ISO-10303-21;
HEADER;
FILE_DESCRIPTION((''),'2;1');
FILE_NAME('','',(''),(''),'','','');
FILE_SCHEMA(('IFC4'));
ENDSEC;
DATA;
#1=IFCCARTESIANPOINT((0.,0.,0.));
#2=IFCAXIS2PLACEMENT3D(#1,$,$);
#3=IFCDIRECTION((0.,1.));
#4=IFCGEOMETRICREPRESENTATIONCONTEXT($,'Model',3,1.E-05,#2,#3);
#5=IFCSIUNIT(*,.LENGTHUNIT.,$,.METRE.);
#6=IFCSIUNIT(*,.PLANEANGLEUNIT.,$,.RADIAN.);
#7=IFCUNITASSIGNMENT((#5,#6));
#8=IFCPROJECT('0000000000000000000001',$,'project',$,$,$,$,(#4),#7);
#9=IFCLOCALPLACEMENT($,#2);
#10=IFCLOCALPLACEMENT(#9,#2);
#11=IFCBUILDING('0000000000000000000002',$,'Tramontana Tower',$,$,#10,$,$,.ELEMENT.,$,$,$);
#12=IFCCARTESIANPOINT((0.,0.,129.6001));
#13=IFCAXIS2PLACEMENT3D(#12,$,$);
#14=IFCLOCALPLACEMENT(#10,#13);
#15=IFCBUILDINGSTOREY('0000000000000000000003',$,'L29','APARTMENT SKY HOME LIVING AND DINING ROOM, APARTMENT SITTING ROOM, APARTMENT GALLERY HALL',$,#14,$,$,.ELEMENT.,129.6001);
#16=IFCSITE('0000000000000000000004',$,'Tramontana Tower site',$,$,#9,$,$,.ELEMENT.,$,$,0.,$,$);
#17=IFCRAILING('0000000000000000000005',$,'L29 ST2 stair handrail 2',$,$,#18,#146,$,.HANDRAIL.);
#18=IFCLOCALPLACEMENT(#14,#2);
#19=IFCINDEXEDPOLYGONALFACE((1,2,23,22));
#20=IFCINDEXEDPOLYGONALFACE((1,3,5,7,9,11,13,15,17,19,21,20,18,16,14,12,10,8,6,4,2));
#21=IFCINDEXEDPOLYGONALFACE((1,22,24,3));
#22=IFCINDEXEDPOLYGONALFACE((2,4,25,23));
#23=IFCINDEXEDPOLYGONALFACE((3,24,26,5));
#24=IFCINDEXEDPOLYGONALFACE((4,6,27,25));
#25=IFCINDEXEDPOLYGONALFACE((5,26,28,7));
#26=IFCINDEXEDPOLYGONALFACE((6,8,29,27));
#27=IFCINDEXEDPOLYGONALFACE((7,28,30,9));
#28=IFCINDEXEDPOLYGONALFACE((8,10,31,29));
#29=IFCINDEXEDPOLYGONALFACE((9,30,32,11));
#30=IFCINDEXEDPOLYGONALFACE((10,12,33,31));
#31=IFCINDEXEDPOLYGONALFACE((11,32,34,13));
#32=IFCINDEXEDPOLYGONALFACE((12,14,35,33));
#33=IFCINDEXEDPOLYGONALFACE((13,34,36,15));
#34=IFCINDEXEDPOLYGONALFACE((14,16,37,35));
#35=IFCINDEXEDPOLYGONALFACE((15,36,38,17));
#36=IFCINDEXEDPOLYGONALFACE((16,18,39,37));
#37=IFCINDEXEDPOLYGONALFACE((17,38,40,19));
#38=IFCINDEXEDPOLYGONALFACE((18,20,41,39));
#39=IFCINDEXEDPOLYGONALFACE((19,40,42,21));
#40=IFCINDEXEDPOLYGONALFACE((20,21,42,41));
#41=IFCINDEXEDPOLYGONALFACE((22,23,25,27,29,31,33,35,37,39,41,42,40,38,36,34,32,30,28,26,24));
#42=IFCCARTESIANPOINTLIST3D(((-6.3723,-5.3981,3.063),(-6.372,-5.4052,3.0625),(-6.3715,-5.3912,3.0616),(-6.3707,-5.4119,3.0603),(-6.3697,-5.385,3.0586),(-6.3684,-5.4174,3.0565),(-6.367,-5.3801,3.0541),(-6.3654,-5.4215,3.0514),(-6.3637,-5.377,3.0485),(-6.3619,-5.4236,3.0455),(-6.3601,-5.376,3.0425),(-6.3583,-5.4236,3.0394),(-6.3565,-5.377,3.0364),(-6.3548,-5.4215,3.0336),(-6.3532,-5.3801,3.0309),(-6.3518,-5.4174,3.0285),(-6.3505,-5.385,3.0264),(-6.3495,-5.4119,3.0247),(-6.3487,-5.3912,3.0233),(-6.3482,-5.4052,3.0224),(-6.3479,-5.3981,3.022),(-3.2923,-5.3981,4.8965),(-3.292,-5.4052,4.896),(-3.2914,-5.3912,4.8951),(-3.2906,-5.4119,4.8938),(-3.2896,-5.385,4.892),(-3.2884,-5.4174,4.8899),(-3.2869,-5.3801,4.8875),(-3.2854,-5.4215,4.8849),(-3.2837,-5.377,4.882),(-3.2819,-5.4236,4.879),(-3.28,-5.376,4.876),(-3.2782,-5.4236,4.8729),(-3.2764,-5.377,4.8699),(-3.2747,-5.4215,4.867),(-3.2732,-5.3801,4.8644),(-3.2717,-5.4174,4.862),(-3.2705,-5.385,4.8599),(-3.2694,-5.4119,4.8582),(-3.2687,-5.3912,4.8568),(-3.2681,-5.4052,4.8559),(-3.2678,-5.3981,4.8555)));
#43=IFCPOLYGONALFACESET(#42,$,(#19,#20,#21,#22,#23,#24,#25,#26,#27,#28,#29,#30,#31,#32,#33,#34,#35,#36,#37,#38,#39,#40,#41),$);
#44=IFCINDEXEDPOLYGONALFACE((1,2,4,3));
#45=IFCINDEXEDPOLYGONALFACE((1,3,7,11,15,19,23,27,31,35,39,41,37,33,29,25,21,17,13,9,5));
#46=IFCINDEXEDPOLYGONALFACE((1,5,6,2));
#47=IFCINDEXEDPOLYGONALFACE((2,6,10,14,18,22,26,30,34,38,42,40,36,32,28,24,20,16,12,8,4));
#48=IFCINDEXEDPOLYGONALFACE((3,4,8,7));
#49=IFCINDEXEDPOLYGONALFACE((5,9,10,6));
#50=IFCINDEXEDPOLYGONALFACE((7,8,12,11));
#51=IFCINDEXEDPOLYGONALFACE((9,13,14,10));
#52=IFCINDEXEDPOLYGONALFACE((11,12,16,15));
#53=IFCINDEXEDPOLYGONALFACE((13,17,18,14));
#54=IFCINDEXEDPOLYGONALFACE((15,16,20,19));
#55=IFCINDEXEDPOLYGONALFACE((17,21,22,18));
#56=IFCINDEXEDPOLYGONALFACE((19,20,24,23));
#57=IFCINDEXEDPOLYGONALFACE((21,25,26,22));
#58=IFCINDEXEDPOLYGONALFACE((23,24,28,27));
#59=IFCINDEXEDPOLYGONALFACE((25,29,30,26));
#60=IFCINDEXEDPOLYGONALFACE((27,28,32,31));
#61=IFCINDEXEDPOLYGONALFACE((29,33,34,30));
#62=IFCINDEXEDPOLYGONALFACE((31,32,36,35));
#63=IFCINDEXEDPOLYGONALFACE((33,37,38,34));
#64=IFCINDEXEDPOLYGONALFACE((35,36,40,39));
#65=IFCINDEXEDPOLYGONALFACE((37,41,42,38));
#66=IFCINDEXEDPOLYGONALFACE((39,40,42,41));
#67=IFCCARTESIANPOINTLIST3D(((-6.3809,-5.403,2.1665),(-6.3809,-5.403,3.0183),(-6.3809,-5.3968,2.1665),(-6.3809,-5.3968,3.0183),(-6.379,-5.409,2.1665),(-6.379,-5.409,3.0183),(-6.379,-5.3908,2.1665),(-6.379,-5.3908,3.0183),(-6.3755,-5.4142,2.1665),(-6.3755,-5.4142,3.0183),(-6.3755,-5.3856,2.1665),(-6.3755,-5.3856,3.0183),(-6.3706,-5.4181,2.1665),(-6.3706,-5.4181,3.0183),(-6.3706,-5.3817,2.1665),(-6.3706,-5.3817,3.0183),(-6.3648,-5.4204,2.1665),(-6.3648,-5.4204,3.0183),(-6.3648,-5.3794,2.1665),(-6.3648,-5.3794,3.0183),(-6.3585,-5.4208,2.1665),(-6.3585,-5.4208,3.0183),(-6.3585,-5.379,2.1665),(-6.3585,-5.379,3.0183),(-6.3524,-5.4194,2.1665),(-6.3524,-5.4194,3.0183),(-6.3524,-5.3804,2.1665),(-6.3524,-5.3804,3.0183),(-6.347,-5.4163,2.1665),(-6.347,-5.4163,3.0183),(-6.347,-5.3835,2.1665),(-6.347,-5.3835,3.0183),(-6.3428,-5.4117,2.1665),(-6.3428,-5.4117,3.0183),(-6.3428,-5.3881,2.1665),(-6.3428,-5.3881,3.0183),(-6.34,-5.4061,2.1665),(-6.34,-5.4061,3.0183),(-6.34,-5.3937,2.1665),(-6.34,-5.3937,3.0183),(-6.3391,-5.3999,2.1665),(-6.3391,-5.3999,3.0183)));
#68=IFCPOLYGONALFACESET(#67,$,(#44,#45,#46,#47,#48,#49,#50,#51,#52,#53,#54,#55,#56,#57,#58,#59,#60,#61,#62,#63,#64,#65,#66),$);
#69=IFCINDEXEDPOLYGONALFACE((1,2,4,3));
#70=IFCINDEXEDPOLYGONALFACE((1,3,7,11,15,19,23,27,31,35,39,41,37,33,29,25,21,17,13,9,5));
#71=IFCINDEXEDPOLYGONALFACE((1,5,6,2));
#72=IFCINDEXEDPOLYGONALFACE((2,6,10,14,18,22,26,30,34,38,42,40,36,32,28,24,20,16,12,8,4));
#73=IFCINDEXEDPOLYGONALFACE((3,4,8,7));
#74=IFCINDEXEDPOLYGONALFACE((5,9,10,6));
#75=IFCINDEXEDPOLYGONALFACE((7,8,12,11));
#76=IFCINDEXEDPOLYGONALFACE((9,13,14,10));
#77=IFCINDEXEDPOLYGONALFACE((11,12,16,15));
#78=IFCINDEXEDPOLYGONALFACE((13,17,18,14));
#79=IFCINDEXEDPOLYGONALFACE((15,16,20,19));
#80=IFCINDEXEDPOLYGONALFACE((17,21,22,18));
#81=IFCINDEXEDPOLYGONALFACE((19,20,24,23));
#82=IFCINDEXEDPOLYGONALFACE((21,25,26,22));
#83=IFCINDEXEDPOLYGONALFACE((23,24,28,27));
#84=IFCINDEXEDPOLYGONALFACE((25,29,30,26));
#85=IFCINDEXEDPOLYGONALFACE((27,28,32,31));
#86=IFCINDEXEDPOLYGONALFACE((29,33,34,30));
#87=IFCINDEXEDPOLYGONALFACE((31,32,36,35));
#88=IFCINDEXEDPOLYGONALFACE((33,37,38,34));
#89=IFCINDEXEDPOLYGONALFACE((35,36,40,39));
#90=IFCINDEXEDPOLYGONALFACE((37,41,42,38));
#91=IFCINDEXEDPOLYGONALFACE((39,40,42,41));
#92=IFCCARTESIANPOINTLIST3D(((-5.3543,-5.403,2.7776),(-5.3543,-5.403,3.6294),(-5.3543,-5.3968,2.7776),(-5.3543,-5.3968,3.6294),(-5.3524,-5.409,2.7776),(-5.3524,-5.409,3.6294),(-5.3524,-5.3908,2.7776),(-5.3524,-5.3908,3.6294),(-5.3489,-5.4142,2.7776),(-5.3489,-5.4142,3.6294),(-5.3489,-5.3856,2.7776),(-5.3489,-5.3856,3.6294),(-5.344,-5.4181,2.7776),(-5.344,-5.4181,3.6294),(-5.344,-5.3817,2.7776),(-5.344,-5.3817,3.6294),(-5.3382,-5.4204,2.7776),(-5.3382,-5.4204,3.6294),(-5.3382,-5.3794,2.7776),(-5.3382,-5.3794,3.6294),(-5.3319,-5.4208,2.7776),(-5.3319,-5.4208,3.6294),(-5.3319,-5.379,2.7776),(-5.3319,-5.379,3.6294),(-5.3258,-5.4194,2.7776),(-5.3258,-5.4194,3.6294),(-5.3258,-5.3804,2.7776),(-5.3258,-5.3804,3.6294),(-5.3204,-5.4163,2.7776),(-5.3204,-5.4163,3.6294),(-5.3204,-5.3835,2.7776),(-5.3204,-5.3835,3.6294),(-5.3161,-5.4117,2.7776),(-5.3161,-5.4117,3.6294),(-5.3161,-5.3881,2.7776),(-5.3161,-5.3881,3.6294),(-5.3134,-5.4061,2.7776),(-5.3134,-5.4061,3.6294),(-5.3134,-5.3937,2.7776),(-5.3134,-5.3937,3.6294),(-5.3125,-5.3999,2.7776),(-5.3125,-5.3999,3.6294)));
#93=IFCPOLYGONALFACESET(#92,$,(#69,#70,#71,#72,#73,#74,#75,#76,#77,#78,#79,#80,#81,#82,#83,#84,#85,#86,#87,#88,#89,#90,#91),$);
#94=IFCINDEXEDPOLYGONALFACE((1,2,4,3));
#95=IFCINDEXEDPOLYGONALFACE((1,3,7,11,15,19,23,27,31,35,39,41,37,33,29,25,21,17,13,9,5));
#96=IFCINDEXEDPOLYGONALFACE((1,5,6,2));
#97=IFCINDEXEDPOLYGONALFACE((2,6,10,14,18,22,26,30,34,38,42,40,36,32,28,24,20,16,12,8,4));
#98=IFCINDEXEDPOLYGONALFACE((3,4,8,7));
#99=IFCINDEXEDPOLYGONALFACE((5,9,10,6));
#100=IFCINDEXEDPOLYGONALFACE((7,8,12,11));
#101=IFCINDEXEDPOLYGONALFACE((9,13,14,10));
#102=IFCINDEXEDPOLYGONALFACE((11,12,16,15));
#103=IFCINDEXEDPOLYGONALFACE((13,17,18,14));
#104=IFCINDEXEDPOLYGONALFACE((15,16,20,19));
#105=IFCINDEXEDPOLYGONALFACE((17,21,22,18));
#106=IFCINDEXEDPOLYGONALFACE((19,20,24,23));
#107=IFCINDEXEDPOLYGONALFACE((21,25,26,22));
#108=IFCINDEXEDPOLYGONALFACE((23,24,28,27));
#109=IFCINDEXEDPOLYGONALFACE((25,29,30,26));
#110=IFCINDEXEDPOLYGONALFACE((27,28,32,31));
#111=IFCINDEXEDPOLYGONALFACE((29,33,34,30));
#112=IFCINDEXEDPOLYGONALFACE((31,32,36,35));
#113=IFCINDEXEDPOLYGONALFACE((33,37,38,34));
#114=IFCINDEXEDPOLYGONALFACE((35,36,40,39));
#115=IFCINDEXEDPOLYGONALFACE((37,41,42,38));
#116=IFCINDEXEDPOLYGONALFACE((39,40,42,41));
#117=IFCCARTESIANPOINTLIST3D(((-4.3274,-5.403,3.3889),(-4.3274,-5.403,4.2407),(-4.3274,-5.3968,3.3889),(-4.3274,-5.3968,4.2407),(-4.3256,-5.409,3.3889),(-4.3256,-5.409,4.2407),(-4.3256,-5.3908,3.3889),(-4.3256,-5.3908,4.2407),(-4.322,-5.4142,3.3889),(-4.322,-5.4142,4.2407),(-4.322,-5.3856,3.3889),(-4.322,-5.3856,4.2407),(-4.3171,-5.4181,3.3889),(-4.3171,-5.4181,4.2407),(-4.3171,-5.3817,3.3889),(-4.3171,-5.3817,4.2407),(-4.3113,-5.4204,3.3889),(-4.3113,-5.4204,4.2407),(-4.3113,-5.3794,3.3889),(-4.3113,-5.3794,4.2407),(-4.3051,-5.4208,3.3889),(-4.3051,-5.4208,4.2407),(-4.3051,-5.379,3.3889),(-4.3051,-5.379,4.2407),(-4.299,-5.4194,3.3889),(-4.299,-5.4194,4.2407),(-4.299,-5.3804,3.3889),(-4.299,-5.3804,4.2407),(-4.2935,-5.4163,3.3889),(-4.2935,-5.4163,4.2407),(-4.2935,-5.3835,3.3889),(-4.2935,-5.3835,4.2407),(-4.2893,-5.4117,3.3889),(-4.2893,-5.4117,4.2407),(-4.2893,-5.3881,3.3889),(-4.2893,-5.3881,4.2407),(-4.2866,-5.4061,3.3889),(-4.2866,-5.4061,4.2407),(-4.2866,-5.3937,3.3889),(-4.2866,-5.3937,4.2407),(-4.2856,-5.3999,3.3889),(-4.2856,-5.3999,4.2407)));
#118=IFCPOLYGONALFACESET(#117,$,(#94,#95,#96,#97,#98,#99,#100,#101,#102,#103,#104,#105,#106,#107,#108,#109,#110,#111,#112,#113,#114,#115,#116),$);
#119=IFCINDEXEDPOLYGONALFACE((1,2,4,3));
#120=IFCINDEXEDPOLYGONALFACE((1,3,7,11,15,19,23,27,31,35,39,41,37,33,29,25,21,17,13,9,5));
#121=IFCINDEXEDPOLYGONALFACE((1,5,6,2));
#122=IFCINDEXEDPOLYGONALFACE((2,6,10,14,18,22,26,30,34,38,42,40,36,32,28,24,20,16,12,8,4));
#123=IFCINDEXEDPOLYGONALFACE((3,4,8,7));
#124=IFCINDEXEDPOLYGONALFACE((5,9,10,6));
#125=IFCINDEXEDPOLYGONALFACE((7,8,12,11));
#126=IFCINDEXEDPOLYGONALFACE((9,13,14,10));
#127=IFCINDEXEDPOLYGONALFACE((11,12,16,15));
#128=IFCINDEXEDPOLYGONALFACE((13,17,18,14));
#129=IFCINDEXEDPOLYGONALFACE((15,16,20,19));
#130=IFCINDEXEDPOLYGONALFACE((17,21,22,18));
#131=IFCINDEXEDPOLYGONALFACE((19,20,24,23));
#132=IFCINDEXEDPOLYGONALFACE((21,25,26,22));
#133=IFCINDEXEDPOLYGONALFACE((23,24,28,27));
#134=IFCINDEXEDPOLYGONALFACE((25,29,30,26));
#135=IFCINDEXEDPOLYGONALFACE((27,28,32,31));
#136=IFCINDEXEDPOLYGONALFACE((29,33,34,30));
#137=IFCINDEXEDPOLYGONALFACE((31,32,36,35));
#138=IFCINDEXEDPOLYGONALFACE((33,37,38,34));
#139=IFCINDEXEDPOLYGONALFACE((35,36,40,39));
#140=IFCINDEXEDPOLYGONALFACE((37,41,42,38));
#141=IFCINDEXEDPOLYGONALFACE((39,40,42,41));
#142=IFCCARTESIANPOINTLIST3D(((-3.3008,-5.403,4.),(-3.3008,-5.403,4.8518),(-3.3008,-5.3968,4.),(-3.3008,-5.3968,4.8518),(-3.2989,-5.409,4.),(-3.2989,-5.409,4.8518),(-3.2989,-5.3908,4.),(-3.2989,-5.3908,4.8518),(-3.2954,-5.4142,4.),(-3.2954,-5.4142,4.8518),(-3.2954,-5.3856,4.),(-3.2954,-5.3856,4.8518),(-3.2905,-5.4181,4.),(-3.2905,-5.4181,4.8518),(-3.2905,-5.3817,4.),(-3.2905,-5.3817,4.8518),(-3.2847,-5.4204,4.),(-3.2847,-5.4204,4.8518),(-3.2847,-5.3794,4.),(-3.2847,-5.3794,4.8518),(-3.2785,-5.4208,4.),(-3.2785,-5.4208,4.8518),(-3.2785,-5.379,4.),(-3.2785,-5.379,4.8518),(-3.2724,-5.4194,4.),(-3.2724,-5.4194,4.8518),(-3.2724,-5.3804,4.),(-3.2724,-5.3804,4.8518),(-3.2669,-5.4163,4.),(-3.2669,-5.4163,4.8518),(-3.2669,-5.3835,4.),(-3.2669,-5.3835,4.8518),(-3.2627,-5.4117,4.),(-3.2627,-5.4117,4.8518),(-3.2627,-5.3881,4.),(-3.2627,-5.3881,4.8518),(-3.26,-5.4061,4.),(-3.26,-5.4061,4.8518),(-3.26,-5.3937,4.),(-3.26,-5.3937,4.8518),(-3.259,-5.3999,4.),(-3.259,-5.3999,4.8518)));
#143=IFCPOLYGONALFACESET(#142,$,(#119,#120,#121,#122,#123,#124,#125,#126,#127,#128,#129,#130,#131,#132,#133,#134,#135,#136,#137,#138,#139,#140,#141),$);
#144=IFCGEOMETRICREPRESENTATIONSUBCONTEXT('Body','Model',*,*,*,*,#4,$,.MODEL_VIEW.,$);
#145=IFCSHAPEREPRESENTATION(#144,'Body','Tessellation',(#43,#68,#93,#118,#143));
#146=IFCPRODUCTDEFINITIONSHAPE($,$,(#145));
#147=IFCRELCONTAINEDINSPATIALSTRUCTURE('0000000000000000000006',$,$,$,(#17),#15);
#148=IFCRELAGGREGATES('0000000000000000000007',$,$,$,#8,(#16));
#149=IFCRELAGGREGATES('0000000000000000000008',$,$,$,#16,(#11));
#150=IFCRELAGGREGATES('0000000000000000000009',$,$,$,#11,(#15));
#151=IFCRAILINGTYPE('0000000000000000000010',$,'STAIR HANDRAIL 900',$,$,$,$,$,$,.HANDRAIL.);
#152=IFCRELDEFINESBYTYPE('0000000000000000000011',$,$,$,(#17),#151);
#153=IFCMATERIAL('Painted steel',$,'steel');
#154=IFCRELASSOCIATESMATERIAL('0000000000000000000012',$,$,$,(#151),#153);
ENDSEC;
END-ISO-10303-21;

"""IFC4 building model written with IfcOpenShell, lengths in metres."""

from ifc_helpers import new_model, si_unit, direction, frame, origin, origin_2d, place, context, subcontext, project, spatial, circle, extrude, material, type_object, element, save


model = new_model("IFC4")

# Units and contexts
model_context = context("Model", 3, precision=1e-05, world=origin(), true_north=direction((0.0, 1.0)))
body_context = subcontext(model_context, "Body", "Model", "MODEL_VIEW")
ifc_project = project(units=[si_unit("LENGTHUNIT", "METRE"), si_unit("PLANEANGLEUNIT", "RADIAN")], contexts=[model_context])

# Site, building, storey
site_placement = place(None, origin())
site = spatial("IfcSite", under=ifc_project, at=site_placement, Name="Tramontana Tower site", CompositionType="ELEMENT", RefElevation=0.0)
building_placement = place(site_placement, origin())
building = spatial("IfcBuilding", under=site, at=building_placement, Name="Tramontana Tower", CompositionType="ELEMENT")
storey_placement = place(building_placement, frame((0.0, 0.0, 129.6001)))
storey = spatial("IfcBuildingStorey", under=building, at=storey_placement, Name="L29", Description="APARTMENT SKY HOME LIVING AND DINING ROOM, APARTMENT SITTING ROOM, APARTMENT GALLERY HALL", CompositionType="ELEMENT", Elevation=129.6001)

# Railing
ifc_material_1 = material(Name="Painted steel", Category="steel")
railing_type_1 = type_object("IfcRailingType", Name="STAIR HANDRAIL 900", PredefinedType="HANDRAIL", material=ifc_material_1)
railing_1_placement = place(storey_placement, frame((-6.3601, -5.3999, 2.1665)))
element("IfcRailing", 1, at=railing_1_placement, inside=storey, type_object=railing_type_1, Name="L29 ST2 stair handrail 2", PredefinedType="HANDRAIL", context=body_context, shape_type="SweptSolid", body=[
    extrude(circle(Radius=0.0239, at=origin_2d()), frame((0.0, 0.0, 0.876), z_axis=(0.859279, 0.0, 0.511508), x_axis=(0.0, 1.0, 0.0)), (0.0, 0.0, 1.0), 3.5845),
    extrude(circle(Radius=0.021, at=origin_2d()), origin(), (0.0, 0.0, 1.0), 0.8518),
    extrude(circle(Radius=0.021, at=origin_2d()), frame((1.0266, 0.0, 0.6111)), (0.0, 0.0, 1.0), 0.8518),
    extrude(circle(Radius=0.021, at=origin_2d()), frame((2.0535, 0.0, 1.2224)), (0.0, 0.0, 1.0), 0.8518),
    extrude(circle(Radius=0.021, at=origin_2d()), frame((3.0801, 0.0, 1.8335)), (0.0, 0.0, 1.0), 0.8518),
])

save(model, "model.ifc")
